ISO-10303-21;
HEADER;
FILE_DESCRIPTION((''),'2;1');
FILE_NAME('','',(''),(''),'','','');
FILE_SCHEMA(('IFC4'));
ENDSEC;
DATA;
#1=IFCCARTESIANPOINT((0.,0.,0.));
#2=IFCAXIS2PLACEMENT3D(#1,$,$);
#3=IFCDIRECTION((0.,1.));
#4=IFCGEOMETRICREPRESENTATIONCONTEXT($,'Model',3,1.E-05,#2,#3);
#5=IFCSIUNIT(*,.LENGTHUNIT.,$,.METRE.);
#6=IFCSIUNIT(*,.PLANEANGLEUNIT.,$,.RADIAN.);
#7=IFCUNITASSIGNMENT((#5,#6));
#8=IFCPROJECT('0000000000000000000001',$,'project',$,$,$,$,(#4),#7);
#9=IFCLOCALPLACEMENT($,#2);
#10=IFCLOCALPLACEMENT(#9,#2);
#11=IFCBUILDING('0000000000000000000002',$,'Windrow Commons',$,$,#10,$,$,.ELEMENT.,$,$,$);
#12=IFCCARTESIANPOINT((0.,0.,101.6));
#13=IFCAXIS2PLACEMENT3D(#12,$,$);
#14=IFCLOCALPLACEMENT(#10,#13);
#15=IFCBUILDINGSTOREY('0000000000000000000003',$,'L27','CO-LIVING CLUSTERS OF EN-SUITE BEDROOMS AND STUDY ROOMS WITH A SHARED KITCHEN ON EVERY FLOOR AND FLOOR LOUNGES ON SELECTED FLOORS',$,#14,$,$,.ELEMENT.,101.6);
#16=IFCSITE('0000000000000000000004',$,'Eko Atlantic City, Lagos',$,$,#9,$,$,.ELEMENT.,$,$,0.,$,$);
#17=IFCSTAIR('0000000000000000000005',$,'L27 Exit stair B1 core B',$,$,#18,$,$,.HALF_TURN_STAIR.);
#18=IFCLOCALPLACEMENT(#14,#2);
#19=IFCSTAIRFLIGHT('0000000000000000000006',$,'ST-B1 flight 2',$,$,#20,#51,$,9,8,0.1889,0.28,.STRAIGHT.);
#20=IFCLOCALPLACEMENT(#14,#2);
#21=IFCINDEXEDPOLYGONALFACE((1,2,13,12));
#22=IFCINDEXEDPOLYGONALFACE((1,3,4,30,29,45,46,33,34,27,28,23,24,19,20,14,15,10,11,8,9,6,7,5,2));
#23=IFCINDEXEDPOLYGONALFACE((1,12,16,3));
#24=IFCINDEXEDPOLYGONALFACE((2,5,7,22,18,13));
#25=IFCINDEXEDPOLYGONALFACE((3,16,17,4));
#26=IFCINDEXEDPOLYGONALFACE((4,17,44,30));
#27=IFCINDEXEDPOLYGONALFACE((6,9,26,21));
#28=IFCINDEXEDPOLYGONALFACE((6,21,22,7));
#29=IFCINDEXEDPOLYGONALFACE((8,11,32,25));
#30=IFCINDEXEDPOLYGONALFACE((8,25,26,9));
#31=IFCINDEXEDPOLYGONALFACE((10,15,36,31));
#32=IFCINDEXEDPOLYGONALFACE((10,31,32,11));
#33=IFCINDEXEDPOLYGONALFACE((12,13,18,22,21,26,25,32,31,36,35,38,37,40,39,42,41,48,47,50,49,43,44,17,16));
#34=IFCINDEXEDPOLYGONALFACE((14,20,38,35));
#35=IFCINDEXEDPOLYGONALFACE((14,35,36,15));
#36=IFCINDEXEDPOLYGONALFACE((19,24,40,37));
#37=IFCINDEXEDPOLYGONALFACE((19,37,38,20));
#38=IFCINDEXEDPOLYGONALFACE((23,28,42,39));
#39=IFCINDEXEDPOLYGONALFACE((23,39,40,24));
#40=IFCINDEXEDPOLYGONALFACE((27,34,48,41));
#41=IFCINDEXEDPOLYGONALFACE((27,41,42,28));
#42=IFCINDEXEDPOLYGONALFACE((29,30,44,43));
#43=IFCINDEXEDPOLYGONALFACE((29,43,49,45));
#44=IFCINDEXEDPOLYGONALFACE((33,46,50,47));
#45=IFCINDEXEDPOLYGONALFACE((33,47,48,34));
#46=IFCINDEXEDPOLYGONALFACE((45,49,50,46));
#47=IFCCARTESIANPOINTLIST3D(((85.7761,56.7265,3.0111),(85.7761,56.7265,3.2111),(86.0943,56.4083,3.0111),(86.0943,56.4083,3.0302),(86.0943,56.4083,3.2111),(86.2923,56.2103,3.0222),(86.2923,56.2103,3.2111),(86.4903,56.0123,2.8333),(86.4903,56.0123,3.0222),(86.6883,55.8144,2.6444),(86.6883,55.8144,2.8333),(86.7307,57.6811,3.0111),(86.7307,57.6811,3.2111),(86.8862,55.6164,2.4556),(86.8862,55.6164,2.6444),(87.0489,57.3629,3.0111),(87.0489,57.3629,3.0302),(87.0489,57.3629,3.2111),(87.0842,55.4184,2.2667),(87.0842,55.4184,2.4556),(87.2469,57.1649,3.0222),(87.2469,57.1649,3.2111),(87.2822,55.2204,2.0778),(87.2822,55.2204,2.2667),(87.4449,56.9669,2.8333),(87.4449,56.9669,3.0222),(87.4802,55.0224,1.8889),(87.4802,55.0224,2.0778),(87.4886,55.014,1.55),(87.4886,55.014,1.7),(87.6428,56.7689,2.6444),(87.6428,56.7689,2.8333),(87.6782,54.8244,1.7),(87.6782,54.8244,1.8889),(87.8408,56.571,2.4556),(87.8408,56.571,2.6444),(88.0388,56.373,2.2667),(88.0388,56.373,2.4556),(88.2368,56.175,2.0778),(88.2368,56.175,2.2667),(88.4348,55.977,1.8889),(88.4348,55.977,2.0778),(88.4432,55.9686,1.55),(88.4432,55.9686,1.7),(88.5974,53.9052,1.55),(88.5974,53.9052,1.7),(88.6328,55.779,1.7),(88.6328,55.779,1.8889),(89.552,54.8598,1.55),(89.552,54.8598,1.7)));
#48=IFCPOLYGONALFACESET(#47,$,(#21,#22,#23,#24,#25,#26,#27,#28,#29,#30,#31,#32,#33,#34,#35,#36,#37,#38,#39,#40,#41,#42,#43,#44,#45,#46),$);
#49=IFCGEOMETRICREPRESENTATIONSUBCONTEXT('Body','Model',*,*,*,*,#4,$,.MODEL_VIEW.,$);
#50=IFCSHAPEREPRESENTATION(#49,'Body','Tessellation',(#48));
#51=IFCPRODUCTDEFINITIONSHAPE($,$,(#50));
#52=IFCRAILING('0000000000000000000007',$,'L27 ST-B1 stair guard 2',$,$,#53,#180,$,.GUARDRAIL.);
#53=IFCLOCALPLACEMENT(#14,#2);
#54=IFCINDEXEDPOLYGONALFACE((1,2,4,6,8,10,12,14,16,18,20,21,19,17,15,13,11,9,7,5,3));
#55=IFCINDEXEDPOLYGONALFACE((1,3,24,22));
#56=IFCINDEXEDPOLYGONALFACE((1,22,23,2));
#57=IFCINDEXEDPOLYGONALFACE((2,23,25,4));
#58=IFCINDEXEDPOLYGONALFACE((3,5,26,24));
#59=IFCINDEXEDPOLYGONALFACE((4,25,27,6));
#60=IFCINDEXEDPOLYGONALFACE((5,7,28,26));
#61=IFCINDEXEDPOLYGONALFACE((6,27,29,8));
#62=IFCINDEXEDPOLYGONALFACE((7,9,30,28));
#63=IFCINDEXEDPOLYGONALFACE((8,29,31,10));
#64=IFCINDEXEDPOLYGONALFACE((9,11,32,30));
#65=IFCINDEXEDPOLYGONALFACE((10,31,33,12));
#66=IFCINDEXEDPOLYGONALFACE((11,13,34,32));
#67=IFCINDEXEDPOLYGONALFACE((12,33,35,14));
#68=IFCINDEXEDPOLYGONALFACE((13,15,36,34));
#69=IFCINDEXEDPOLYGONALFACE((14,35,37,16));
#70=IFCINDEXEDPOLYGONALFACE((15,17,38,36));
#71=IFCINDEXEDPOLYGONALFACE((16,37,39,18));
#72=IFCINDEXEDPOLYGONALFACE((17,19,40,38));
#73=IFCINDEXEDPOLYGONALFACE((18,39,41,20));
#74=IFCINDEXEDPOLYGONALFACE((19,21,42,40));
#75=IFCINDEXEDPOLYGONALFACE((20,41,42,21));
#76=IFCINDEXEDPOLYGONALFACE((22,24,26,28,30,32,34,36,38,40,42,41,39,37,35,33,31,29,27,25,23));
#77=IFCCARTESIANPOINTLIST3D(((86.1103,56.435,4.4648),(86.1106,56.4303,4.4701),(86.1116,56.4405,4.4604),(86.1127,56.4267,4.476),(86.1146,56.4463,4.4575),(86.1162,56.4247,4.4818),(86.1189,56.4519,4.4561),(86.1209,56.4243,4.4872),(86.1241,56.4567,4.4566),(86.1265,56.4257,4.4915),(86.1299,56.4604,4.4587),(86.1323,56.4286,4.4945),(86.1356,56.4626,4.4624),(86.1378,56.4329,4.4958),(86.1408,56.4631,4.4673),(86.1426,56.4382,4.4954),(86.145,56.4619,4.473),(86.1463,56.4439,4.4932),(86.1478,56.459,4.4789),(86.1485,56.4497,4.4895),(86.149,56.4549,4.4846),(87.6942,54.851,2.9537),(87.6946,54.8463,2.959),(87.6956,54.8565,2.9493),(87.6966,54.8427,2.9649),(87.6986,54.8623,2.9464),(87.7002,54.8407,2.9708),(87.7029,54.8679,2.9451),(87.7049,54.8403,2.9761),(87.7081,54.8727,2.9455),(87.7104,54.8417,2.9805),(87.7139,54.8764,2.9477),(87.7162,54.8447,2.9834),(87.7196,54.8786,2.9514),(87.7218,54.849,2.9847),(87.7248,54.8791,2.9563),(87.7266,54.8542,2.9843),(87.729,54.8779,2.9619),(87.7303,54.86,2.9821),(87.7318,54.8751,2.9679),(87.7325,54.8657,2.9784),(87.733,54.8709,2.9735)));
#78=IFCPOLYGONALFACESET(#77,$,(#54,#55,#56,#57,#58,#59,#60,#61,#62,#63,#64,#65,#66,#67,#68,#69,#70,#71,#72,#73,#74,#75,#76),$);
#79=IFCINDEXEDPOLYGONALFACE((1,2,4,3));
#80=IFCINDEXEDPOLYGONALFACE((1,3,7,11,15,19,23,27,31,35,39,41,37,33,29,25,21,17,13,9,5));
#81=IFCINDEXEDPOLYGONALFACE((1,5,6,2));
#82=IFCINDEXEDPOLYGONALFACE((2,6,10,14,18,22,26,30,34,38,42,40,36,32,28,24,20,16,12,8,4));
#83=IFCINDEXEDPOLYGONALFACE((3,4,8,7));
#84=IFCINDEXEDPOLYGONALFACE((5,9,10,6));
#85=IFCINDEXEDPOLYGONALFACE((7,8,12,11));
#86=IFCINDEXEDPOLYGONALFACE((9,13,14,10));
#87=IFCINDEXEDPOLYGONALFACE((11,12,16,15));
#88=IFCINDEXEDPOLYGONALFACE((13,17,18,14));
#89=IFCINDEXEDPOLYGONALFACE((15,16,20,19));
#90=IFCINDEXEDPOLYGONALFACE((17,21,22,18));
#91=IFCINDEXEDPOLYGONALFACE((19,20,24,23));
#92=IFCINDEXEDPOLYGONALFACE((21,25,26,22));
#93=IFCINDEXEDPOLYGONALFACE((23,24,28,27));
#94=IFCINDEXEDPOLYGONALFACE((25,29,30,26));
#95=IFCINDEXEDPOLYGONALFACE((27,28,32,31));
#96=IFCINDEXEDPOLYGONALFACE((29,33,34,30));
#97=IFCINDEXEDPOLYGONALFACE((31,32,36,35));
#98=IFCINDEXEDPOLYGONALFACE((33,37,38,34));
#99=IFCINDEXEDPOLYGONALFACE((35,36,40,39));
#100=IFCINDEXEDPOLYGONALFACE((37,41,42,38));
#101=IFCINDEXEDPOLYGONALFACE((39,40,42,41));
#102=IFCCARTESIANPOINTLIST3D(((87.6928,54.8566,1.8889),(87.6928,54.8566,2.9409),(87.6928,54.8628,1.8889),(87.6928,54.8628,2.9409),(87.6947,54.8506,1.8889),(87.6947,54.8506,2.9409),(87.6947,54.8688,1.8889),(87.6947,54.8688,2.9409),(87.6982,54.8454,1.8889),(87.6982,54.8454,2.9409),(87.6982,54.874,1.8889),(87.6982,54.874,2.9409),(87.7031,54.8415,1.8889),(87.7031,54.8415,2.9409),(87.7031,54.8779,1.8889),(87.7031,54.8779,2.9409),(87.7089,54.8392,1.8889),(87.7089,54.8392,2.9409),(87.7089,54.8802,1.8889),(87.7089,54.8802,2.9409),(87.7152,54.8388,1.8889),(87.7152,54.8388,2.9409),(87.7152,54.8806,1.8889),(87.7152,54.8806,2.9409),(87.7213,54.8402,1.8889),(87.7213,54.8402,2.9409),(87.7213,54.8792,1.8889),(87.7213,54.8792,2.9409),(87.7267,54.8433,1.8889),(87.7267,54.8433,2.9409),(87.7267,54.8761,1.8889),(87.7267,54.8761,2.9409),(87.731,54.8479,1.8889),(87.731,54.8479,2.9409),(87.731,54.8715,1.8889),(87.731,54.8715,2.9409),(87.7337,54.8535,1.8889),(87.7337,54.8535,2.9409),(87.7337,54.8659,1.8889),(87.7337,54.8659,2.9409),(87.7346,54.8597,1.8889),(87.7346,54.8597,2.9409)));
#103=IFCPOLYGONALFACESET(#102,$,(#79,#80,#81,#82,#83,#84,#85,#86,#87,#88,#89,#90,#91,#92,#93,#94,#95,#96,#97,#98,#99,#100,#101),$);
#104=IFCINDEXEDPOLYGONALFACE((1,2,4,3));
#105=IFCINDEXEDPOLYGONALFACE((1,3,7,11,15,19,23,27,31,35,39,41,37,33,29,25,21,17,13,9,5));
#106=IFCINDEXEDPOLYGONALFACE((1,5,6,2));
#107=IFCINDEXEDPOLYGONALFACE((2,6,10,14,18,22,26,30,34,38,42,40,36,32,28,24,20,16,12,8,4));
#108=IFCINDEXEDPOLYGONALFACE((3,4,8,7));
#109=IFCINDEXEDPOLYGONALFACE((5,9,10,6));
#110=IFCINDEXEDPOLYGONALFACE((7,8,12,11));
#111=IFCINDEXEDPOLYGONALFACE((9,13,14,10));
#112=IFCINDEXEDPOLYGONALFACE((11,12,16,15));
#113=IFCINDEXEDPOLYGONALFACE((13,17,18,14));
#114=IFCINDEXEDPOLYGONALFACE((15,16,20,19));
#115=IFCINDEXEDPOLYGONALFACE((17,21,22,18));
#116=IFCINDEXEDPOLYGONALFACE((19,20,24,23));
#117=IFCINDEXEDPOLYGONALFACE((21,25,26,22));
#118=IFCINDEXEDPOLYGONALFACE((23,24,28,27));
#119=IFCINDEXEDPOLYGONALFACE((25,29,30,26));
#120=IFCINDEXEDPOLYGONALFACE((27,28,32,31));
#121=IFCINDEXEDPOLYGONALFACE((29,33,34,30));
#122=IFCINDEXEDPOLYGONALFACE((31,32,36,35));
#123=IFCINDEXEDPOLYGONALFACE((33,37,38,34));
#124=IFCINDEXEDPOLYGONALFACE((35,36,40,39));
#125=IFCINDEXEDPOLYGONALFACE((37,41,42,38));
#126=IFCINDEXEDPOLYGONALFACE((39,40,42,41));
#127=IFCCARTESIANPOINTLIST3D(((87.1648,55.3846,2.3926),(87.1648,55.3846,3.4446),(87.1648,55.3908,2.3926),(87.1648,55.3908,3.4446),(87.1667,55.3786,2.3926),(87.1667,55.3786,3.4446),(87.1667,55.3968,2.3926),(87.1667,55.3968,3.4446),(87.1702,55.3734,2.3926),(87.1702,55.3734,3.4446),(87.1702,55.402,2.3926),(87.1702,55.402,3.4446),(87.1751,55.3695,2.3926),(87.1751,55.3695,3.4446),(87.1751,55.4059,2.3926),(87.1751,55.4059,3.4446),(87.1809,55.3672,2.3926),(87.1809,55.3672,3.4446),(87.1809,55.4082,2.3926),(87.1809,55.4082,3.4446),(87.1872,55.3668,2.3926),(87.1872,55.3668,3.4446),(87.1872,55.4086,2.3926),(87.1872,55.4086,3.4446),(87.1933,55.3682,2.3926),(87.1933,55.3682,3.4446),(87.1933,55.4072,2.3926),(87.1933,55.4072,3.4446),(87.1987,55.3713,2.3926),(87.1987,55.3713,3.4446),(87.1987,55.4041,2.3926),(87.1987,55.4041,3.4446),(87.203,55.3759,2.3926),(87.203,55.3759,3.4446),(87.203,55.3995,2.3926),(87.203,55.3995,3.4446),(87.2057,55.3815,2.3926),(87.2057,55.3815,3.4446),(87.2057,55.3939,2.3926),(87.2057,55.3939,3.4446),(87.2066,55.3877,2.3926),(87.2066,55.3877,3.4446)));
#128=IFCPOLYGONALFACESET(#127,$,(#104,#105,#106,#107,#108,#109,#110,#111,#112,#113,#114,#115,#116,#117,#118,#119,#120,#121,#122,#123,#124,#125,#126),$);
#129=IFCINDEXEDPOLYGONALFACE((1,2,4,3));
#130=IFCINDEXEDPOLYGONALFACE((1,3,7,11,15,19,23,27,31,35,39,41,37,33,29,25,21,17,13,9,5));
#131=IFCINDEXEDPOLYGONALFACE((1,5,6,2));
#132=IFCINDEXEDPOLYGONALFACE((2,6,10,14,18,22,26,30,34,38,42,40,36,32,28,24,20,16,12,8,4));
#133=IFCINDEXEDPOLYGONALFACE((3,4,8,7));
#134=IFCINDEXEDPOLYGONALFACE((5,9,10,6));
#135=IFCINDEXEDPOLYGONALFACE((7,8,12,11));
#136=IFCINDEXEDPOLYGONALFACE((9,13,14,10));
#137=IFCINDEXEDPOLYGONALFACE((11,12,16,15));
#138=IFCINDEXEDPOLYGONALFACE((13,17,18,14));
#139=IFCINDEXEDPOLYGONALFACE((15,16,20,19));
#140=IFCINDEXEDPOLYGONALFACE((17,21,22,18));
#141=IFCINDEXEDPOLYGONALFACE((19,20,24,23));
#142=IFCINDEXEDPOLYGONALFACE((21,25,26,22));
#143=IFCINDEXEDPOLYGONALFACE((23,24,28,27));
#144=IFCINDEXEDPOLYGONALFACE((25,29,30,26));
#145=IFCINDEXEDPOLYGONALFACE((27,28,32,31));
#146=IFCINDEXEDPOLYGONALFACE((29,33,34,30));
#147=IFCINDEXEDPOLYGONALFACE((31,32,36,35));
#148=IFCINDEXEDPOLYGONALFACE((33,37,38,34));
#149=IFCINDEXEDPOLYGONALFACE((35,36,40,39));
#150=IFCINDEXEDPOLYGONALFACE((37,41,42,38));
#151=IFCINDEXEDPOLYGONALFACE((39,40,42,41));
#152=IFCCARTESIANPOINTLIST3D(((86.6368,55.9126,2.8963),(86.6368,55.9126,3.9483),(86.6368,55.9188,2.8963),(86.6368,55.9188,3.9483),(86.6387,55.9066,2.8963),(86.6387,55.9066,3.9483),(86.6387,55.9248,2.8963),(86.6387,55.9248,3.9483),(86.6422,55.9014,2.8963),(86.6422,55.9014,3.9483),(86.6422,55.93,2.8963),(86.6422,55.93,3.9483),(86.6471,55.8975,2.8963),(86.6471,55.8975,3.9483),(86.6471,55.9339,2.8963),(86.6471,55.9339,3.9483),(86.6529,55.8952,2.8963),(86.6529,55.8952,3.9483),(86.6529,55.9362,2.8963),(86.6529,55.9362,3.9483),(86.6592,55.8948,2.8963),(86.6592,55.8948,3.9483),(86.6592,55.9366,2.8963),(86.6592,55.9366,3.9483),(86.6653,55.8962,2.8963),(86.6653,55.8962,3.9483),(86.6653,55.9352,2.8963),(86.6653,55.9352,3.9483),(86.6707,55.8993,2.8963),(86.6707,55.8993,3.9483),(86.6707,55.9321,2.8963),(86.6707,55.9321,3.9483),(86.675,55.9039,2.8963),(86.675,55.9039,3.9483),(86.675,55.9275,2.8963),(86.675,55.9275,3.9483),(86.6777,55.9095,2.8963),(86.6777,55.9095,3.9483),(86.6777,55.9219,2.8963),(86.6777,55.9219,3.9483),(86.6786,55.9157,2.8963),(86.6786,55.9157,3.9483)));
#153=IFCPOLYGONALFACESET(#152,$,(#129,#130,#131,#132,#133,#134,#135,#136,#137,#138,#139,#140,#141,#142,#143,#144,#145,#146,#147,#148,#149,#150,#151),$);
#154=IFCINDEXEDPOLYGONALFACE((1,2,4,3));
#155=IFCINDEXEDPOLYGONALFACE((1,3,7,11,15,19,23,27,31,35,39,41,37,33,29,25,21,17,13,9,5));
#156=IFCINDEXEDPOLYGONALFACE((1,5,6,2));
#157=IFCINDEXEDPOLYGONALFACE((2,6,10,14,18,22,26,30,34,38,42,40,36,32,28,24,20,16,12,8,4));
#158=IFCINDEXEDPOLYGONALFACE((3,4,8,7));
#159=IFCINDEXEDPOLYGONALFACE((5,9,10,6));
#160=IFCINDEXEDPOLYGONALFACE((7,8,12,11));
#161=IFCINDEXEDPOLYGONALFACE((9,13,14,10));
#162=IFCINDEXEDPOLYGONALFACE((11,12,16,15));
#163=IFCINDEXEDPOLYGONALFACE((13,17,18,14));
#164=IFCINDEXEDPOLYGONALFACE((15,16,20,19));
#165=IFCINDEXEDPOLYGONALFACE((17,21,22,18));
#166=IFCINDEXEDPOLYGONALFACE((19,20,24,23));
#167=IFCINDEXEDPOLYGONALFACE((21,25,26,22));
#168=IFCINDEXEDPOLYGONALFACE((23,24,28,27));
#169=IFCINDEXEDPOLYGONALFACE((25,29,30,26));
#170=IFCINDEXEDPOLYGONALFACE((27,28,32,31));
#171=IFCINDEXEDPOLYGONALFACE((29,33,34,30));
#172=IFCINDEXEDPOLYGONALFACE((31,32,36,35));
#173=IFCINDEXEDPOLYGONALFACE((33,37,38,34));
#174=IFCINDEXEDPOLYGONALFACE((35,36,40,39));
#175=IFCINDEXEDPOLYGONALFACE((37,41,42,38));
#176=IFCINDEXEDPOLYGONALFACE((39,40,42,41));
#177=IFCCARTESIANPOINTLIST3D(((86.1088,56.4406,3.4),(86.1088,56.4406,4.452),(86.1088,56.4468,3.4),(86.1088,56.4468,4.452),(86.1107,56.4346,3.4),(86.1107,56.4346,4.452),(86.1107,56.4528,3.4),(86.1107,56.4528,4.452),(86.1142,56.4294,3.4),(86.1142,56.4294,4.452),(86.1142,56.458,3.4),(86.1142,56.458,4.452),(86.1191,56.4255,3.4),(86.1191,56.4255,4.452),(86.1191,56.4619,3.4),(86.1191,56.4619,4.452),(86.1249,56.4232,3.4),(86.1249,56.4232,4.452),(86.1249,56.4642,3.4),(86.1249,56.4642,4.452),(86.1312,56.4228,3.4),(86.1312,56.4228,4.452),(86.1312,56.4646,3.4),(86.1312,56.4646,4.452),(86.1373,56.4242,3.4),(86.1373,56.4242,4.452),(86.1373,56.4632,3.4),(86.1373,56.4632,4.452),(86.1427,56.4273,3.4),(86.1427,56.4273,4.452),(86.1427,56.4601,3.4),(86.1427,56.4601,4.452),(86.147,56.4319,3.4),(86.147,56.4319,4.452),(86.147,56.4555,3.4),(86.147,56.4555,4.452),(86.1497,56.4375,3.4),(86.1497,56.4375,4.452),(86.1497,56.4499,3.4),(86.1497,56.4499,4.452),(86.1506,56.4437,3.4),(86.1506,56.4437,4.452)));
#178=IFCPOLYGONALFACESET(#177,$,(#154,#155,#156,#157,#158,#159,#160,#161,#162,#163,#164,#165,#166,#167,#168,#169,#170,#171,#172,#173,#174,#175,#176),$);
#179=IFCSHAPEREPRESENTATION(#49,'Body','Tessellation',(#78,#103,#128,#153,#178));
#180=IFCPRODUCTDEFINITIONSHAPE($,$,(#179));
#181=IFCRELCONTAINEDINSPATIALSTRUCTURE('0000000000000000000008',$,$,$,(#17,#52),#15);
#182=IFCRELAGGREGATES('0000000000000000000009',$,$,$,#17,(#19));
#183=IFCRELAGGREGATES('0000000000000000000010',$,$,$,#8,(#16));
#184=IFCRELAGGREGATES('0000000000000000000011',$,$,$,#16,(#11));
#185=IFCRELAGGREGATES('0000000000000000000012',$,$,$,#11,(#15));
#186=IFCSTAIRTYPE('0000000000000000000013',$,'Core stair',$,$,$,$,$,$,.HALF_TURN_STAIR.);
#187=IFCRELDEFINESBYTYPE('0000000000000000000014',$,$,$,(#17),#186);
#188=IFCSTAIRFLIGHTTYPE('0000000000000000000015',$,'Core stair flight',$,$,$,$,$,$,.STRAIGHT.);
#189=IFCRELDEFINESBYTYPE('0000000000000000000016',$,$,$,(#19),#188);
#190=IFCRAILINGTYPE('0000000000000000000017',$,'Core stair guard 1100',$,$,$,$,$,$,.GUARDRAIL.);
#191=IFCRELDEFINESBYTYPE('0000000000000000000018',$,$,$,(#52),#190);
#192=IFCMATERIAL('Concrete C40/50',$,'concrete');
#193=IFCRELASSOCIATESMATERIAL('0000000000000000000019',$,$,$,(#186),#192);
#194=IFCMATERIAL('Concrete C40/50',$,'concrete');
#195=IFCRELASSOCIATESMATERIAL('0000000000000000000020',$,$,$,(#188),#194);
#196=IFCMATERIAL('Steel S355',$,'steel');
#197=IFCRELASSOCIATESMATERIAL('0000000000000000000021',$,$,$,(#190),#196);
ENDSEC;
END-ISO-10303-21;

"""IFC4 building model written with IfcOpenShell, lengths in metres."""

from ifc_helpers import new_model, si_unit, direction, frame, origin, origin_2d, place, context, subcontext, project, spatial, polyline, circle, outline, extrude, material, type_object, element, aggregate, save


model = new_model("IFC4")

# Units and contexts
model_context = context("Model", 3, precision=1e-05, world=origin(), true_north=direction((0.0, 1.0)))
body_context = subcontext(model_context, "Body", "Model", "MODEL_VIEW")
ifc_project = project(units=[si_unit("LENGTHUNIT", "METRE"), si_unit("PLANEANGLEUNIT", "RADIAN")], contexts=[model_context])

# Site, building, storey
site_placement = place(None, origin())
site = spatial("IfcSite", under=ifc_project, at=site_placement, Name="Eko Atlantic City, Lagos", CompositionType="ELEMENT", RefElevation=0.0)
building_placement = place(site_placement, origin())
building = spatial("IfcBuilding", under=site, at=building_placement, Name="Windrow Commons", CompositionType="ELEMENT")
storey_placement = place(building_placement, frame((0.0, 0.0, 101.6)))
storey = spatial("IfcBuildingStorey", under=building, at=storey_placement, Name="L27", Description="CO-LIVING CLUSTERS OF EN-SUITE BEDROOMS AND STUDY ROOMS WITH A SHARED KITCHEN ON EVERY FLOOR AND FLOOR LOUNGES ON SELECTED FLOORS", CompositionType="ELEMENT", Elevation=101.6)

# Stair, stair flight
ifc_material_1 = material(Name="Concrete C40/50", Category="concrete")
stair_type = type_object("IfcStairType", Name="Core stair", PredefinedType="HALF_TURN_STAIR", material=ifc_material_1)
stair_placement = place(storey_placement, origin())
stair = element("IfcStair", 1, at=stair_placement, inside=storey, type_object=stair_type, Name="L27 Exit stair B1 core B", PredefinedType="HALF_TURN_STAIR")
ifc_material_2 = material(Name="Concrete C40/50", Category="concrete")
stair_flight_type = type_object("IfcStairFlightType", Name="Core stair flight", PredefinedType="STRAIGHT", material=ifc_material_2)
stair_flight_placement = place(storey_placement, frame((88.1555, 55.3017, 1.7), z_axis=(0.0, 0.0, 1.0), x_axis=(-0.707107, 0.707107, 0.0)))
stair_flight = element("IfcStairFlight", 2, at=stair_flight_placement, type_object=stair_flight_type, Name="ST-B1 flight 2", NumberOfRisers=9, NumberOfTreads=8, PredefinedType="STRAIGHT", RiserHeight=0.1889, TreadLength=0.28, context=body_context, shape_type="SweptSolid", body=[
    extrude(outline(polyline([(-1.3, -0.15), (-1.3, 0.0), (0.0, 0.0), (0.0, 0.1889), (0.28, 0.1889), (0.28, 0.3778), (0.56, 0.3778), (0.56, 0.5667), (0.84, 0.5667), (0.84, 0.7556), (1.12, 0.7556), (1.12, 0.9444), (1.4, 0.9444), (1.4, 1.1333), (1.68, 1.1333), (1.68, 1.3222), (1.96, 1.3222), (1.96, 1.5111), (2.24, 1.5111), (2.69, 1.5111), (2.69, 1.3111), (2.24, 1.3111), (2.24, 1.3302), (0.2682, 0.0), (0.2682, -0.15), (-1.3, -0.15)])), frame((0.0, 0.675, 0.0), z_axis=(0.0, -1.0, 0.0), x_axis=(1.0, 0.0, 0.0)), (0.0, 0.0, 1.0), 1.35),
])
aggregate(stair, [stair_flight])

# Railing
ifc_material_3 = material(Name="Steel S355", Category="steel")
railing_type_1 = type_object("IfcRailingType", Name="Core stair guard 1100", PredefinedType="GUARDRAIL", material=ifc_material_3)
railing_1_placement = place(storey_placement, frame((87.7136, 54.8597, 1.8889)))
element("IfcRailing", 3, at=railing_1_placement, inside=storey, type_object=railing_type_1, Name="L27 ST-B1 stair guard 2", PredefinedType="GUARDRAIL", context=body_context, shape_type="SweptSolid", body=[
    extrude(circle(Radius=0.024, at=origin_2d()), frame((0.0, 0.0, 1.076), z_axis=(-0.586203, 0.586203, 0.559224), x_axis=(-0.707107, -0.707107, 0.0)), (0.0, 0.0, 1.0), 2.7021),
    extrude(circle(Radius=0.021, at=origin_2d()), origin(), (0.0, 0.0, 1.0), 1.052),
    extrude(circle(Radius=0.021, at=origin_2d()), frame((-0.528, 0.528, 0.5037)), (0.0, 0.0, 1.0), 1.052),
    extrude(circle(Radius=0.021, at=origin_2d()), frame((-1.056, 1.056, 1.0074)), (0.0, 0.0, 1.0), 1.052),
    extrude(circle(Radius=0.021, at=origin_2d()), frame((-1.584, 1.584, 1.5111)), (0.0, 0.0, 1.0), 1.052),
])

save(model, "model.ifc")
